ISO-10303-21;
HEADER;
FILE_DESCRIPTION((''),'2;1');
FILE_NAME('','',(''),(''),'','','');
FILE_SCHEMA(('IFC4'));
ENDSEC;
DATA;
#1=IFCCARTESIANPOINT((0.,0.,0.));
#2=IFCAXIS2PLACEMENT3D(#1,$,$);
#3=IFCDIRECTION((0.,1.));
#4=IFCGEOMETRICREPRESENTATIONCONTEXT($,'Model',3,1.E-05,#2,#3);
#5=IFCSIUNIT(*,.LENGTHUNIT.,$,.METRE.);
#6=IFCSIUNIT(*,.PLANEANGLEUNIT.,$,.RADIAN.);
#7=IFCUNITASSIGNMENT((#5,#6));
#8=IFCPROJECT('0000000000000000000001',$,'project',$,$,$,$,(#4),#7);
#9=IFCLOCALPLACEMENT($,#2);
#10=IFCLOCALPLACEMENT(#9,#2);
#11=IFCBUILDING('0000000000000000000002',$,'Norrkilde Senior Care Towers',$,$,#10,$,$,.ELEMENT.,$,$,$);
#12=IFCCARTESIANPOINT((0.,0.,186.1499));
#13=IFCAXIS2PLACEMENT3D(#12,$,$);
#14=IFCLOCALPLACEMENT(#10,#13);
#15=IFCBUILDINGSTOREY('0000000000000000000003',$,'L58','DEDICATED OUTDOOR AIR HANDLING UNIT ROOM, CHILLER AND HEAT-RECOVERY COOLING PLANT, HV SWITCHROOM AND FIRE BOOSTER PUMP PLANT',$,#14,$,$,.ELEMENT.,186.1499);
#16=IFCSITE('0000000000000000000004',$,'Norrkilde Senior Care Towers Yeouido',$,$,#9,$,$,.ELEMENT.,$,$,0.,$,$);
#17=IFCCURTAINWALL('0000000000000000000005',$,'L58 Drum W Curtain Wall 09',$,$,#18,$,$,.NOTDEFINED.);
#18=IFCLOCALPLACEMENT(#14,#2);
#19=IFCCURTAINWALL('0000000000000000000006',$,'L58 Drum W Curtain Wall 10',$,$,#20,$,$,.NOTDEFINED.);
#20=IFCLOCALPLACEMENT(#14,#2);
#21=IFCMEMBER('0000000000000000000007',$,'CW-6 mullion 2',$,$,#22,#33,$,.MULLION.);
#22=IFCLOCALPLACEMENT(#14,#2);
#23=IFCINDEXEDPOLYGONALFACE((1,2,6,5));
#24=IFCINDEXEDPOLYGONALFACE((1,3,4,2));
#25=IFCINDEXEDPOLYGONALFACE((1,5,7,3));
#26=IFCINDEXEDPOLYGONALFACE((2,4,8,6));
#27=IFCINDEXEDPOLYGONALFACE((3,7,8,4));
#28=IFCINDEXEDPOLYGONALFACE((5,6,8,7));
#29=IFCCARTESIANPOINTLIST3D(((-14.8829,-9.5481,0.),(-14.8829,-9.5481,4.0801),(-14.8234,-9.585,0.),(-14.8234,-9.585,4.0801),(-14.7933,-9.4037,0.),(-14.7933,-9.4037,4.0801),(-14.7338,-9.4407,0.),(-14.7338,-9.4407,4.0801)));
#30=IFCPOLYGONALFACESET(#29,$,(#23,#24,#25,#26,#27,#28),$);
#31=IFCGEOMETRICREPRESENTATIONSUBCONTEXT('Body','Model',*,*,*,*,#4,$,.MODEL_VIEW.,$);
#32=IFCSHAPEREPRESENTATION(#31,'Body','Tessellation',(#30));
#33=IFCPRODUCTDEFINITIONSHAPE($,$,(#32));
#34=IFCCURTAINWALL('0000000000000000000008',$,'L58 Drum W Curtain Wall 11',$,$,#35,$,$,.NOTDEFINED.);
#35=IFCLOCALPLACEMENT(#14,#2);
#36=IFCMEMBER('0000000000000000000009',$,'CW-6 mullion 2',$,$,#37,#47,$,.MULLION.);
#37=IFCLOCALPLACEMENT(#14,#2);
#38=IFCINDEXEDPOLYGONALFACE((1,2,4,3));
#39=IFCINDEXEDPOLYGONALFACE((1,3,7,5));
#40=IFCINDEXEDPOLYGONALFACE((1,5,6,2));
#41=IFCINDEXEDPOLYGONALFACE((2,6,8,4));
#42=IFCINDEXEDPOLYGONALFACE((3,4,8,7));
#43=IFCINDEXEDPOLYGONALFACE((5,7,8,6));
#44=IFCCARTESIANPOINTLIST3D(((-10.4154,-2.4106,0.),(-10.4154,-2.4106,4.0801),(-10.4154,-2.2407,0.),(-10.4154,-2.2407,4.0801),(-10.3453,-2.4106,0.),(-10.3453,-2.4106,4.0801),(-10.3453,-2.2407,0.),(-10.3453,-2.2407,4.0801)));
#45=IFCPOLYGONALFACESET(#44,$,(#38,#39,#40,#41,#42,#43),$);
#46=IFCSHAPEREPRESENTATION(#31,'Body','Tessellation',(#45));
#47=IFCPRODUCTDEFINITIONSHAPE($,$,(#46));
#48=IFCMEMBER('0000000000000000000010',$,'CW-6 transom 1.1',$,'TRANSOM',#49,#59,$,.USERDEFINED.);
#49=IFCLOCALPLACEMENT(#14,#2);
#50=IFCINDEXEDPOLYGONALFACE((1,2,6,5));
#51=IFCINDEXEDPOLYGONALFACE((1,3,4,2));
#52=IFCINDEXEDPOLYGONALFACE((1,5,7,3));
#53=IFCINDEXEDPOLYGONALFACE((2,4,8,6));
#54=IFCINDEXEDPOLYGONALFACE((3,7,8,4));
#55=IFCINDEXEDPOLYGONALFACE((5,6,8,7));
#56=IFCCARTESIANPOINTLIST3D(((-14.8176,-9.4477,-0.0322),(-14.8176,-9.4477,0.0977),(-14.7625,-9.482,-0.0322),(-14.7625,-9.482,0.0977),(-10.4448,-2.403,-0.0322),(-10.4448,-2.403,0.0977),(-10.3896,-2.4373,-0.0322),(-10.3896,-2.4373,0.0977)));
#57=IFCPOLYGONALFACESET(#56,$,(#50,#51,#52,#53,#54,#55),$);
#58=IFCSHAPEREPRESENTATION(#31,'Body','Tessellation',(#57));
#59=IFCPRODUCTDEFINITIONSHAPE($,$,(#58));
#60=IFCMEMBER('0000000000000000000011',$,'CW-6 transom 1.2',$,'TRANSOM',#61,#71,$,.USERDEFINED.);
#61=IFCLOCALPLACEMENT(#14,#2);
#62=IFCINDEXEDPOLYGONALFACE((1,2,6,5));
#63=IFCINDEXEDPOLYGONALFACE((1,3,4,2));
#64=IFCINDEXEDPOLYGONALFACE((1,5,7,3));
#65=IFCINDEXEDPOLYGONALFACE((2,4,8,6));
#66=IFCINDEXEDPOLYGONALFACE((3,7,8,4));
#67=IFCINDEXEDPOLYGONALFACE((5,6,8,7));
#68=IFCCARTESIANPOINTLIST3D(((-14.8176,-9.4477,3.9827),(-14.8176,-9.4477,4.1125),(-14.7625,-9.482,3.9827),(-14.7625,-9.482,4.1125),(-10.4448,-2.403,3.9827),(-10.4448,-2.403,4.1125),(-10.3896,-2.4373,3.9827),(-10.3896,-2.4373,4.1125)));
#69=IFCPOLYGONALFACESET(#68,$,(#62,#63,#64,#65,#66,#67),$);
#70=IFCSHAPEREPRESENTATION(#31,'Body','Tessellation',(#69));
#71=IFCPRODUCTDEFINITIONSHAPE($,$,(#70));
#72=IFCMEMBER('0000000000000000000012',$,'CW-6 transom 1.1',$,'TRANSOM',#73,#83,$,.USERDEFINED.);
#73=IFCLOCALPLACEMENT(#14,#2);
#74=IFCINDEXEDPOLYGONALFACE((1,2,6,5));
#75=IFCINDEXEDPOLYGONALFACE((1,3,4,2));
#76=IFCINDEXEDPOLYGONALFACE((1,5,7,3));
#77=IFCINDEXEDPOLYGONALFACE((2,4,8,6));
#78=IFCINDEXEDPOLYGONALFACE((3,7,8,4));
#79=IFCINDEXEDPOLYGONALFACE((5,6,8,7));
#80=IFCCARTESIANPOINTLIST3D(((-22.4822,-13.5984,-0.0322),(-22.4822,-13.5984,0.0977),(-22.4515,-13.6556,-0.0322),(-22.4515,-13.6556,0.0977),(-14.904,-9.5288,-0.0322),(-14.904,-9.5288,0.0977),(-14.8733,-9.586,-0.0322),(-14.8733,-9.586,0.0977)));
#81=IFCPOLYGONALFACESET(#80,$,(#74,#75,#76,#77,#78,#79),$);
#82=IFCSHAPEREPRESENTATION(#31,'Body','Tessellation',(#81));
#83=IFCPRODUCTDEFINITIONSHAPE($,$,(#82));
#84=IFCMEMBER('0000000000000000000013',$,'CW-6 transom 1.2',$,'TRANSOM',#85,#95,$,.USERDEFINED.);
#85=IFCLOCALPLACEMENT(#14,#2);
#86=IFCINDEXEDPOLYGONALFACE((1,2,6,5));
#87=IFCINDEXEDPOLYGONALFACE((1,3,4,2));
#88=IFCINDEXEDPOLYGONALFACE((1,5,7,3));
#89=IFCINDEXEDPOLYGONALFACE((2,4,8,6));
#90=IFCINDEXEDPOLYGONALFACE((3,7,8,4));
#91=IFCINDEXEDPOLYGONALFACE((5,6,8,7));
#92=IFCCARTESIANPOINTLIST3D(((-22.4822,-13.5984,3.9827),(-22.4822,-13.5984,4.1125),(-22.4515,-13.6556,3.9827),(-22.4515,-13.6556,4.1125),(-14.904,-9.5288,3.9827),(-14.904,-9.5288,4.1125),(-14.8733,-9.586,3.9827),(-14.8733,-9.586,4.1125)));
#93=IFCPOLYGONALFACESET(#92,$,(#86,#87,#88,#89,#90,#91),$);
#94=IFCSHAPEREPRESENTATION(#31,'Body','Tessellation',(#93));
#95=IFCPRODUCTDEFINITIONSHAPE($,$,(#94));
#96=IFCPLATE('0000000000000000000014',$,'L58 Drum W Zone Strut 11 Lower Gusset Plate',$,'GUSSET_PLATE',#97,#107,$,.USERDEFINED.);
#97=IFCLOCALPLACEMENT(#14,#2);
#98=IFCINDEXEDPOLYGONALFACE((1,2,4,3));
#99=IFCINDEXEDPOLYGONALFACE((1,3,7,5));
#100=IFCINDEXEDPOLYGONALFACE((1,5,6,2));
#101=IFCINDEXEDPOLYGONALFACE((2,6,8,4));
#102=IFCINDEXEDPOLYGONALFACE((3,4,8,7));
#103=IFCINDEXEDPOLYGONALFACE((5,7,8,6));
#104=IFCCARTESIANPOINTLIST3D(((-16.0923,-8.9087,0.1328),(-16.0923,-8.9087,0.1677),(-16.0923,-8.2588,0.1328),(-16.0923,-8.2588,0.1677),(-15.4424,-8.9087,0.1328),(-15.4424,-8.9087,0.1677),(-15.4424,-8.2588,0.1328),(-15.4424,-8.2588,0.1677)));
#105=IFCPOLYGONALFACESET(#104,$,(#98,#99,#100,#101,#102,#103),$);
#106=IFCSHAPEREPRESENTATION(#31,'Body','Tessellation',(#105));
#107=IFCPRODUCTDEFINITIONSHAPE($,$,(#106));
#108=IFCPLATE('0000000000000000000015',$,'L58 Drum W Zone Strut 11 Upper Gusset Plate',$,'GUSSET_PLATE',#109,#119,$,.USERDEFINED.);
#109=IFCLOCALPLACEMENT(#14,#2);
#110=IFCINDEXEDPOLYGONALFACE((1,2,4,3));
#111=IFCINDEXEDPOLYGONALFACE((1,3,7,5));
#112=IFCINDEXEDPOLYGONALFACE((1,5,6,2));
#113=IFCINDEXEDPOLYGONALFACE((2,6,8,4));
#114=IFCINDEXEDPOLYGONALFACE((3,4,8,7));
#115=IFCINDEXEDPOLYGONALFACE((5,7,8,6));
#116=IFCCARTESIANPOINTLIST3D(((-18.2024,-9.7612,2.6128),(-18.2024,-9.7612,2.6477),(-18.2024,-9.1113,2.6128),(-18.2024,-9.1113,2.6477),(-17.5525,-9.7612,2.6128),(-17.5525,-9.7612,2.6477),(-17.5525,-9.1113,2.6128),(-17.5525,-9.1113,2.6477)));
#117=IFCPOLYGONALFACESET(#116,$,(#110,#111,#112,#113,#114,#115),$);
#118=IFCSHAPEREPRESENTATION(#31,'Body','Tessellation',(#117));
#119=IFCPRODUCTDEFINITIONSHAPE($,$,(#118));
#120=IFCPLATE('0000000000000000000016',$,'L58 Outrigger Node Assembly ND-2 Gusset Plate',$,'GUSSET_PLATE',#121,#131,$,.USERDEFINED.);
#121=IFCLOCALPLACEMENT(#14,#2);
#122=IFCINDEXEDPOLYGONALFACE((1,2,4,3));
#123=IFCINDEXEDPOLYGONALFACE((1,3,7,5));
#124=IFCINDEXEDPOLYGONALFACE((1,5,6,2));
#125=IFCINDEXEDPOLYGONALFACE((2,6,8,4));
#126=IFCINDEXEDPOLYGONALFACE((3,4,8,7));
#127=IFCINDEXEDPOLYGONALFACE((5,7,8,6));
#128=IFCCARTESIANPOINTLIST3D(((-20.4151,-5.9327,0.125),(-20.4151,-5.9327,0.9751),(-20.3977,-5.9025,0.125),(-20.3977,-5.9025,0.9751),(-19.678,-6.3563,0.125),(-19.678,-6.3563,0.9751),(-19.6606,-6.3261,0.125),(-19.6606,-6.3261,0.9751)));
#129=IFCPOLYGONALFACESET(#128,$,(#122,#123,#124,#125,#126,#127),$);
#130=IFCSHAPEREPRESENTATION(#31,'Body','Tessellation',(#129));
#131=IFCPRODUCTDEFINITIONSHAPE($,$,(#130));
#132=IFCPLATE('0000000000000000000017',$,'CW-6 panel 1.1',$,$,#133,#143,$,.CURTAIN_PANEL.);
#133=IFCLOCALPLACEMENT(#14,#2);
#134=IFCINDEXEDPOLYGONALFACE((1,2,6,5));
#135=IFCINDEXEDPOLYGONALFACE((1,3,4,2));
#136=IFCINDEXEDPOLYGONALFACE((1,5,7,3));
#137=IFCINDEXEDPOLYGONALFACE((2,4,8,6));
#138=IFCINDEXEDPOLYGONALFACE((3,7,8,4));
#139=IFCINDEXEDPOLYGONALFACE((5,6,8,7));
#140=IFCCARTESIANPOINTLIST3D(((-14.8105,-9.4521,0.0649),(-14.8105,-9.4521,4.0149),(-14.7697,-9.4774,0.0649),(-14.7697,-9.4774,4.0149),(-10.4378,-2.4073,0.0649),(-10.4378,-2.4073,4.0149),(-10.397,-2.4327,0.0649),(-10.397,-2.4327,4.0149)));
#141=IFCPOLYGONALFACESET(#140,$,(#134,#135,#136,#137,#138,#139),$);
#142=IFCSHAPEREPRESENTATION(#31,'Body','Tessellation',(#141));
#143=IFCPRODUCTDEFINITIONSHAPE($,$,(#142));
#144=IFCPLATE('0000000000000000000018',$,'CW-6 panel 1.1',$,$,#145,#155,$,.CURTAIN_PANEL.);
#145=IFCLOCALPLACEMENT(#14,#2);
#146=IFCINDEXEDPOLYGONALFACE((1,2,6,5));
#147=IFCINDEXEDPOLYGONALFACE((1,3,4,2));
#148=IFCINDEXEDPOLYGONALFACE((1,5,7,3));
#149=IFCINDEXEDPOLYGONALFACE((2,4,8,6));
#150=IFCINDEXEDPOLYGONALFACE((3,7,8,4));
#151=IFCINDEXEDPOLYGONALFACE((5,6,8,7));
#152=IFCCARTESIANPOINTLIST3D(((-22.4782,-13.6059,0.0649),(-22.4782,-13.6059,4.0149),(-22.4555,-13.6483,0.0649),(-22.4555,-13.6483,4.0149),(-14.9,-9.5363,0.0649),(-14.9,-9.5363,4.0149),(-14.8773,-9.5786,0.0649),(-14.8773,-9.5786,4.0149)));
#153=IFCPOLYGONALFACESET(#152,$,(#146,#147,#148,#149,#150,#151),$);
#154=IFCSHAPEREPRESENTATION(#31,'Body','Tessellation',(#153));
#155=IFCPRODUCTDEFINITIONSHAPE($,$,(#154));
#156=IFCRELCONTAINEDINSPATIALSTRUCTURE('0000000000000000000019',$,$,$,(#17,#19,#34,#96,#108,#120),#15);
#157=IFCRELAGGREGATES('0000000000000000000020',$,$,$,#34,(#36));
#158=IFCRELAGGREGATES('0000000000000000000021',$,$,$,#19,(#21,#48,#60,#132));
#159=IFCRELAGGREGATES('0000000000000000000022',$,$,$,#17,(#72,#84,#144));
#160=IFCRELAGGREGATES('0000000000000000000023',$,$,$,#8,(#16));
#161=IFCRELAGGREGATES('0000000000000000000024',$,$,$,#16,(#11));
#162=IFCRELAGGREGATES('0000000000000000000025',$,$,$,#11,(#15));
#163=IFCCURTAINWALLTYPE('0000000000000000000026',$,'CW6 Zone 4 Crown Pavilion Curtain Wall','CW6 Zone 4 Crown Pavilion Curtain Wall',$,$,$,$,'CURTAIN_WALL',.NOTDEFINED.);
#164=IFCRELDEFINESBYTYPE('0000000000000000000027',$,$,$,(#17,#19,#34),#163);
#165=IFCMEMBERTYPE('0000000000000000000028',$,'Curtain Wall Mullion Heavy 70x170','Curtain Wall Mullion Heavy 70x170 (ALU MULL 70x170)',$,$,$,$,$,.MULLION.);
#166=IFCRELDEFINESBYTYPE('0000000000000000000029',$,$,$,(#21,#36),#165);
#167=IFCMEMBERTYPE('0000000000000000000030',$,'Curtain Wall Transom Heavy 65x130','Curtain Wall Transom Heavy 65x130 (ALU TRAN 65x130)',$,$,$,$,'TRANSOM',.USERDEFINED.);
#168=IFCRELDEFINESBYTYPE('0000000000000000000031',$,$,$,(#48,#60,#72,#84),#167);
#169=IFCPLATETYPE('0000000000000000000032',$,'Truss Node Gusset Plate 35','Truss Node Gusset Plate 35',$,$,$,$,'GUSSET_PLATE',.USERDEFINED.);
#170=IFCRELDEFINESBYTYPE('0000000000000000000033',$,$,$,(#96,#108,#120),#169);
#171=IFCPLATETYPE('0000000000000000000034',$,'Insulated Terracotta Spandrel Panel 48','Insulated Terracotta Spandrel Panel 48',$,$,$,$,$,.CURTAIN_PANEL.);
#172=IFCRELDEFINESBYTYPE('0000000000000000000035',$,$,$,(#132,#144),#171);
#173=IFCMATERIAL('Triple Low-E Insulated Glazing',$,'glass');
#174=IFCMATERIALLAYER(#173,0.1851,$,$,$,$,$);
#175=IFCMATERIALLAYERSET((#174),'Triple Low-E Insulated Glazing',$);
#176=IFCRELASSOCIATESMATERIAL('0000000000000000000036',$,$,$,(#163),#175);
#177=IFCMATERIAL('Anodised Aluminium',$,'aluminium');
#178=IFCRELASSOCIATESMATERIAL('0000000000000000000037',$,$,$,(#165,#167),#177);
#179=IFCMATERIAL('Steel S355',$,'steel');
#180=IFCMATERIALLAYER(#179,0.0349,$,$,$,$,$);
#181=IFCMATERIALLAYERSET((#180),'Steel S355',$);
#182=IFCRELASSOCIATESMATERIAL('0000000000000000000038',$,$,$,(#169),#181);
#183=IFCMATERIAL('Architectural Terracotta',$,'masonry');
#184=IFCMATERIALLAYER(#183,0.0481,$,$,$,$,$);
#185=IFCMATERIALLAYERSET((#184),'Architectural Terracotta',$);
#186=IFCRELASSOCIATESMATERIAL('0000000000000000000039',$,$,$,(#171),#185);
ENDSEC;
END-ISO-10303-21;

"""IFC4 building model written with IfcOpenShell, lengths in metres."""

from ifc_helpers import new_model, si_unit, direction, frame, origin, origin_2d, place, context, subcontext, project, spatial, rectangle, extrude, source, transform, mapped, material, layer, layer_set, material_profile, profile_set, type_object, type_shapes, element, aggregate, save


model = new_model("IFC4")

# Units and contexts
model_context = context("Model", 3, precision=1e-05, world=origin(), true_north=direction((0.0, 1.0)))
body_context = subcontext(model_context, "Body", "Model", "MODEL_VIEW")
ifc_project = project(units=[si_unit("LENGTHUNIT", "METRE"), si_unit("PLANEANGLEUNIT", "RADIAN")], contexts=[model_context])

# Site, building, storey
site_placement = place(None, origin())
site = spatial("IfcSite", under=ifc_project, at=site_placement, Name="Norrkilde Senior Care Towers Yeouido", CompositionType="ELEMENT", RefElevation=0.0)
building_placement = place(site_placement, origin())
building = spatial("IfcBuilding", under=site, at=building_placement, Name="Norrkilde Senior Care Towers", CompositionType="ELEMENT")
storey_placement = place(building_placement, frame((0.0, 0.0, 186.1499)))
storey = spatial("IfcBuildingStorey", under=building, at=storey_placement, Name="L58", Description="DEDICATED OUTDOOR AIR HANDLING UNIT ROOM, CHILLER AND HEAT-RECOVERY COOLING PLANT, HV SWITCHROOM AND FIRE BOOSTER PUMP PLANT", CompositionType="ELEMENT", Elevation=186.1499)

# Shared definitions
ifc_material_1 = material(Name="Steel S355", Category="steel")

# Curtain wall
ifc_material_2 = material(Name="Triple Low-E Insulated Glazing", Category="glass")
ifc_layer_1 = layer(ifc_material_2, 0.1851)
ifc_layer_set_1 = layer_set([ifc_layer_1], Name="Triple Low-E Insulated Glazing")
curtain_wall_type = type_object("IfcCurtainWallType", Name="CW6 Zone 4 Crown Pavilion Curtain Wall", Description="CW6 Zone 4 Crown Pavilion Curtain Wall", ElementType="CURTAIN_WALL", PredefinedType="NOTDEFINED", material=ifc_layer_set_1)
curtain_wall_1_placement = place(storey_placement, origin())
curtain_wall_1 = element("IfcCurtainWall", 1, at=curtain_wall_1_placement, inside=storey, type_object=curtain_wall_type, Name="L58 Drum W Curtain Wall 09", PredefinedType="NOTDEFINED")
ifc_material_3 = material(Name="Anodised Aluminium", Category="aluminium")
ifc_material_profile_1 = material_profile(ifc_material_3, rectangle(XDim=0.0701, YDim=0.1699, at=origin_2d()), Name="ALU MULL 70x170")
ifc_profile_set_1 = profile_set([ifc_material_profile_1], Name="Anodised Aluminium")
member_type_1 = type_object("IfcMemberType", Name="Curtain Wall Mullion Heavy 70x170", Description="Curtain Wall Mullion Heavy 70x170 (ALU MULL 70x170)", PredefinedType="MULLION", material=ifc_profile_set_1)
shared_shape_1 = source(origin(), body_context, "Body", "SweptSolid", [
    extrude(rectangle(XDim=0.0701, YDim=0.1699, at=origin_2d()), origin(), (0.0, 0.0, 1.0), 4.0801),
])
type_shapes(member_type_1, [shared_shape_1])

# Curtain wall, member
curtain_wall_2_placement = place(storey_placement, origin())
curtain_wall_2 = element("IfcCurtainWall", 2, at=curtain_wall_2_placement, inside=storey, type_object=curtain_wall_type, Name="L58 Drum W Curtain Wall 10", PredefinedType="NOTDEFINED")
member_1_placement = place(storey_placement, frame((-14.8083, -9.4944, 0.0), z_axis=(0.0, 0.0, 1.0), x_axis=(0.849634, -0.527373, 0.0)))
member_1 = element("IfcMember", 3, at=member_1_placement, type_object=member_type_1, Name="CW-6 mullion 2", PredefinedType="MULLION", context=body_context, shape_type="MappedRepresentation", body=[
    mapped(shared_shape_1, transform((0.0, 0.0, 0.0), x_axis=(1.0, 0.0, 0.0), y_axis=(0.0, 1.0, 0.0), z_axis=(0.0, 0.0, 1.0), scale=1.0)),
])

# Curtain wall, member
curtain_wall_3_placement = place(storey_placement, origin())
curtain_wall_3 = element("IfcCurtainWall", 4, at=curtain_wall_3_placement, inside=storey, type_object=curtain_wall_type, Name="L58 Drum W Curtain Wall 11", PredefinedType="NOTDEFINED")
member_2_placement = place(storey_placement, frame((-10.3804, -2.3257, 0.0), z_axis=(0.0, 0.0, 1.0), x_axis=(1.0, 0.0, 0.0)))
member_2 = element("IfcMember", 5, at=member_2_placement, type_object=member_type_1, Name="CW-6 mullion 2", PredefinedType="MULLION", context=body_context, shape_type="MappedRepresentation", body=[
    mapped(shared_shape_1, transform((0.0, 0.0, 0.0), x_axis=(1.0, 0.0, 0.0), y_axis=(0.0, 1.0, 0.0), z_axis=(0.0, 0.0, 1.0), scale=1.0)),
])
aggregate(curtain_wall_3, [member_2])

# Members
ifc_material_profile_2 = material_profile(ifc_material_3, rectangle(XDim=0.0649, YDim=0.1299, at=origin_2d()), Name="ALU TRAN 65x130")
ifc_profile_set_2 = profile_set([ifc_material_profile_2], Name="Anodised Aluminium")
member_type_2 = type_object("IfcMemberType", Name="Curtain Wall Transom Heavy 65x130", Description="Curtain Wall Transom Heavy 65x130 (ALU TRAN 65x130)", ElementType="TRANSOM", PredefinedType="USERDEFINED", material=ifc_profile_set_2)
shared_shape_2 = source(origin(), body_context, "Body", "SweptSolid", [
    extrude(rectangle(XDim=0.0649, YDim=0.1299, at=origin_2d()), origin(), (0.0, 0.0, 1.0), 8.2915),
])
member_3_placement = place(storey_placement, frame((-10.4172, -2.4202, 0.0327), z_axis=(-0.527384, -0.849627, 0.0), x_axis=(0.849627, -0.527384, 0.0)))
member_3 = element("IfcMember", 6, at=member_3_placement, type_object=member_type_2, Name="CW-6 transom 1.1", ObjectType="TRANSOM", PredefinedType="USERDEFINED", context=body_context, shape_type="MappedRepresentation", body=[
    mapped(shared_shape_2, transform((0.0, 0.0, 0.0), x_axis=(1.0, 0.0, 0.0), y_axis=(0.0, 1.0, 0.0), z_axis=(0.0, 0.0, 1.0), scale=1.0)),
])
member_4_placement = place(storey_placement, frame((-10.4172, -2.4202, 4.0476), z_axis=(-0.527384, -0.849627, 0.0), x_axis=(0.849627, -0.527384, 0.0)))
member_4 = element("IfcMember", 7, at=member_4_placement, type_object=member_type_2, Name="CW-6 transom 1.2", ObjectType="TRANSOM", PredefinedType="USERDEFINED", context=body_context, shape_type="MappedRepresentation", body=[
    mapped(shared_shape_2, transform((0.0, 0.0, 0.0), x_axis=(1.0, 0.0, 0.0), y_axis=(0.0, 1.0, 0.0), z_axis=(0.0, 0.0, 1.0), scale=1.0)),
])
shared_shape_3 = source(origin(), body_context, "Body", "SweptSolid", [
    extrude(rectangle(XDim=0.0649, YDim=0.1299, at=origin_2d()), origin(), (0.0, 0.0, 1.0), 8.6018),
])
type_shapes(member_type_2, [shared_shape_2, shared_shape_3])
member_5_placement = place(storey_placement, frame((-14.8887, -9.5574, 0.0327), z_axis=(-0.881002, -0.473113, 0.0), x_axis=(0.473113, -0.881002, 0.0)))
member_5 = element("IfcMember", 8, at=member_5_placement, type_object=member_type_2, Name="CW-6 transom 1.1", ObjectType="TRANSOM", PredefinedType="USERDEFINED", context=body_context, shape_type="MappedRepresentation", body=[
    mapped(shared_shape_3, transform((0.0, 0.0, 0.0), x_axis=(1.0, 0.0, 0.0), y_axis=(0.0, 1.0, 0.0), z_axis=(0.0, 0.0, 1.0), scale=1.0)),
])
member_6_placement = place(storey_placement, frame((-14.8887, -9.5574, 4.0476), z_axis=(-0.881002, -0.473113, 0.0), x_axis=(0.473113, -0.881002, 0.0)))
member_6 = element("IfcMember", 9, at=member_6_placement, type_object=member_type_2, Name="CW-6 transom 1.2", ObjectType="TRANSOM", PredefinedType="USERDEFINED", context=body_context, shape_type="MappedRepresentation", body=[
    mapped(shared_shape_3, transform((0.0, 0.0, 0.0), x_axis=(1.0, 0.0, 0.0), y_axis=(0.0, 1.0, 0.0), z_axis=(0.0, 0.0, 1.0), scale=1.0)),
])

# Plates
ifc_layer_2 = layer(ifc_material_1, 0.0349)
ifc_layer_set_2 = layer_set([ifc_layer_2], Name="Steel S355")
plate_type_1 = type_object("IfcPlateType", Name="Truss Node Gusset Plate 35", Description="Truss Node Gusset Plate 35", ElementType="GUSSET_PLATE", PredefinedType="USERDEFINED", material=ifc_layer_set_2)
shared_shape_4 = source(origin(), body_context, "Body", "SweptSolid", [
    extrude(rectangle(XDim=0.6499, YDim=0.6499, at=origin_2d()), origin(), (0.0, 0.0, 1.0), 0.0349),
])
for number, where, z_axis, x_axis, name in (
    (10, (-15.7673, -8.5837, 0.1328), (0.0, 0.0, 1.0), (1.0, 0.0, 0.0), "L58 Drum W Zone Strut 11 Lower Gusset Plate"),
    (11, (-17.8774, -9.4363, 2.6128), (0.0, 0.0, 1.0), (1.0, 0.0, 0.0), "L58 Drum W Zone Strut 11 Upper Gusset Plate"),
):
    element("IfcPlate", number, at=place(storey_placement, frame(where, z_axis=z_axis, x_axis=x_axis)), inside=storey, type_object=plate_type_1, Name=name, ObjectType="GUSSET_PLATE", PredefinedType="USERDEFINED", context=body_context, shape_type="MappedRepresentation", body=[
        mapped(shared_shape_4, transform((0.0, 0.0, 0.0), x_axis=(1.0, 0.0, 0.0), y_axis=(0.0, 1.0, 0.0), z_axis=(0.0, 0.0, 1.0), scale=1.0)),
    ])
shared_shape_5 = source(origin(), body_context, "Body", "SweptSolid", [
    extrude(rectangle(XDim=0.8501, YDim=0.0349, at=origin_2d()), origin(), (0.0, 0.0, 1.0), 0.8501),
])
type_shapes(plate_type_1, [shared_shape_4, shared_shape_5])
plate_1_placement = place(storey_placement, frame((-20.0378, -6.1294, 0.125), z_axis=(0.0, 0.0, 1.0), x_axis=(0.867009, -0.498292, 0.0)))
element("IfcPlate", 12, at=plate_1_placement, inside=storey, type_object=plate_type_1, Name="L58 Outrigger Node Assembly ND-2 Gusset Plate", ObjectType="GUSSET_PLATE", PredefinedType="USERDEFINED", context=body_context, shape_type="MappedRepresentation", body=[
    mapped(shared_shape_5, transform((0.0, 0.0, 0.0), x_axis=(1.0, 0.0, 0.0), y_axis=(0.0, 1.0, 0.0), z_axis=(0.0, 0.0, 1.0), scale=1.0)),
])

# Plates
ifc_material_4 = material(Name="Architectural Terracotta", Category="masonry")
ifc_layer_3 = layer(ifc_material_4, 0.0481)
ifc_layer_set_3 = layer_set([ifc_layer_3], Name="Architectural Terracotta")
plate_type_2 = type_object("IfcPlateType", Name="Insulated Terracotta Spandrel Panel 48", Description="Insulated Terracotta Spandrel Panel 48", PredefinedType="CURTAIN_PANEL", material=ifc_layer_set_3)
shared_shape_6 = source(origin(), body_context, "Body", "SweptSolid", [
    extrude(rectangle(XDim=8.2915, YDim=0.0481, at=origin_2d()), origin(), (0.0, 0.0, 1.0), 3.95),
])
plate_2_placement = place(storey_placement, frame((-12.6038, -5.9424, 0.0649), z_axis=(0.0, 0.0, 1.0), x_axis=(-0.527373, -0.849634, 0.0)))
plate_2 = element("IfcPlate", 13, at=plate_2_placement, type_object=plate_type_2, Name="CW-6 panel 1.1", PredefinedType="CURTAIN_PANEL", context=body_context, shape_type="MappedRepresentation", body=[
    mapped(shared_shape_6, transform((0.0, 0.0, 0.0), x_axis=(1.0, 0.0, 0.0), y_axis=(0.0, 1.0, 0.0), z_axis=(0.0, 0.0, 1.0), scale=1.0)),
])
aggregate(curtain_wall_2, [member_1, member_3, member_4, plate_2])
shared_shape_7 = source(origin(), body_context, "Body", "SweptSolid", [
    extrude(rectangle(XDim=8.6018, YDim=0.0481, at=origin_2d()), origin(), (0.0, 0.0, 1.0), 3.95),
])
type_shapes(plate_type_2, [shared_shape_6, shared_shape_7])
plate_3_placement = place(storey_placement, frame((-18.6777, -11.5923, 0.0649), z_axis=(0.0, 0.0, 1.0), x_axis=(-0.881, -0.473117, 0.0)))
plate_3 = element("IfcPlate", 14, at=plate_3_placement, type_object=plate_type_2, Name="CW-6 panel 1.1", PredefinedType="CURTAIN_PANEL", context=body_context, shape_type="MappedRepresentation", body=[
    mapped(shared_shape_7, transform((0.0, 0.0, 0.0), x_axis=(1.0, 0.0, 0.0), y_axis=(0.0, 1.0, 0.0), z_axis=(0.0, 0.0, 1.0), scale=1.0)),
])
aggregate(curtain_wall_1, [member_5, member_6, plate_3])

save(model, "model.ifc")
